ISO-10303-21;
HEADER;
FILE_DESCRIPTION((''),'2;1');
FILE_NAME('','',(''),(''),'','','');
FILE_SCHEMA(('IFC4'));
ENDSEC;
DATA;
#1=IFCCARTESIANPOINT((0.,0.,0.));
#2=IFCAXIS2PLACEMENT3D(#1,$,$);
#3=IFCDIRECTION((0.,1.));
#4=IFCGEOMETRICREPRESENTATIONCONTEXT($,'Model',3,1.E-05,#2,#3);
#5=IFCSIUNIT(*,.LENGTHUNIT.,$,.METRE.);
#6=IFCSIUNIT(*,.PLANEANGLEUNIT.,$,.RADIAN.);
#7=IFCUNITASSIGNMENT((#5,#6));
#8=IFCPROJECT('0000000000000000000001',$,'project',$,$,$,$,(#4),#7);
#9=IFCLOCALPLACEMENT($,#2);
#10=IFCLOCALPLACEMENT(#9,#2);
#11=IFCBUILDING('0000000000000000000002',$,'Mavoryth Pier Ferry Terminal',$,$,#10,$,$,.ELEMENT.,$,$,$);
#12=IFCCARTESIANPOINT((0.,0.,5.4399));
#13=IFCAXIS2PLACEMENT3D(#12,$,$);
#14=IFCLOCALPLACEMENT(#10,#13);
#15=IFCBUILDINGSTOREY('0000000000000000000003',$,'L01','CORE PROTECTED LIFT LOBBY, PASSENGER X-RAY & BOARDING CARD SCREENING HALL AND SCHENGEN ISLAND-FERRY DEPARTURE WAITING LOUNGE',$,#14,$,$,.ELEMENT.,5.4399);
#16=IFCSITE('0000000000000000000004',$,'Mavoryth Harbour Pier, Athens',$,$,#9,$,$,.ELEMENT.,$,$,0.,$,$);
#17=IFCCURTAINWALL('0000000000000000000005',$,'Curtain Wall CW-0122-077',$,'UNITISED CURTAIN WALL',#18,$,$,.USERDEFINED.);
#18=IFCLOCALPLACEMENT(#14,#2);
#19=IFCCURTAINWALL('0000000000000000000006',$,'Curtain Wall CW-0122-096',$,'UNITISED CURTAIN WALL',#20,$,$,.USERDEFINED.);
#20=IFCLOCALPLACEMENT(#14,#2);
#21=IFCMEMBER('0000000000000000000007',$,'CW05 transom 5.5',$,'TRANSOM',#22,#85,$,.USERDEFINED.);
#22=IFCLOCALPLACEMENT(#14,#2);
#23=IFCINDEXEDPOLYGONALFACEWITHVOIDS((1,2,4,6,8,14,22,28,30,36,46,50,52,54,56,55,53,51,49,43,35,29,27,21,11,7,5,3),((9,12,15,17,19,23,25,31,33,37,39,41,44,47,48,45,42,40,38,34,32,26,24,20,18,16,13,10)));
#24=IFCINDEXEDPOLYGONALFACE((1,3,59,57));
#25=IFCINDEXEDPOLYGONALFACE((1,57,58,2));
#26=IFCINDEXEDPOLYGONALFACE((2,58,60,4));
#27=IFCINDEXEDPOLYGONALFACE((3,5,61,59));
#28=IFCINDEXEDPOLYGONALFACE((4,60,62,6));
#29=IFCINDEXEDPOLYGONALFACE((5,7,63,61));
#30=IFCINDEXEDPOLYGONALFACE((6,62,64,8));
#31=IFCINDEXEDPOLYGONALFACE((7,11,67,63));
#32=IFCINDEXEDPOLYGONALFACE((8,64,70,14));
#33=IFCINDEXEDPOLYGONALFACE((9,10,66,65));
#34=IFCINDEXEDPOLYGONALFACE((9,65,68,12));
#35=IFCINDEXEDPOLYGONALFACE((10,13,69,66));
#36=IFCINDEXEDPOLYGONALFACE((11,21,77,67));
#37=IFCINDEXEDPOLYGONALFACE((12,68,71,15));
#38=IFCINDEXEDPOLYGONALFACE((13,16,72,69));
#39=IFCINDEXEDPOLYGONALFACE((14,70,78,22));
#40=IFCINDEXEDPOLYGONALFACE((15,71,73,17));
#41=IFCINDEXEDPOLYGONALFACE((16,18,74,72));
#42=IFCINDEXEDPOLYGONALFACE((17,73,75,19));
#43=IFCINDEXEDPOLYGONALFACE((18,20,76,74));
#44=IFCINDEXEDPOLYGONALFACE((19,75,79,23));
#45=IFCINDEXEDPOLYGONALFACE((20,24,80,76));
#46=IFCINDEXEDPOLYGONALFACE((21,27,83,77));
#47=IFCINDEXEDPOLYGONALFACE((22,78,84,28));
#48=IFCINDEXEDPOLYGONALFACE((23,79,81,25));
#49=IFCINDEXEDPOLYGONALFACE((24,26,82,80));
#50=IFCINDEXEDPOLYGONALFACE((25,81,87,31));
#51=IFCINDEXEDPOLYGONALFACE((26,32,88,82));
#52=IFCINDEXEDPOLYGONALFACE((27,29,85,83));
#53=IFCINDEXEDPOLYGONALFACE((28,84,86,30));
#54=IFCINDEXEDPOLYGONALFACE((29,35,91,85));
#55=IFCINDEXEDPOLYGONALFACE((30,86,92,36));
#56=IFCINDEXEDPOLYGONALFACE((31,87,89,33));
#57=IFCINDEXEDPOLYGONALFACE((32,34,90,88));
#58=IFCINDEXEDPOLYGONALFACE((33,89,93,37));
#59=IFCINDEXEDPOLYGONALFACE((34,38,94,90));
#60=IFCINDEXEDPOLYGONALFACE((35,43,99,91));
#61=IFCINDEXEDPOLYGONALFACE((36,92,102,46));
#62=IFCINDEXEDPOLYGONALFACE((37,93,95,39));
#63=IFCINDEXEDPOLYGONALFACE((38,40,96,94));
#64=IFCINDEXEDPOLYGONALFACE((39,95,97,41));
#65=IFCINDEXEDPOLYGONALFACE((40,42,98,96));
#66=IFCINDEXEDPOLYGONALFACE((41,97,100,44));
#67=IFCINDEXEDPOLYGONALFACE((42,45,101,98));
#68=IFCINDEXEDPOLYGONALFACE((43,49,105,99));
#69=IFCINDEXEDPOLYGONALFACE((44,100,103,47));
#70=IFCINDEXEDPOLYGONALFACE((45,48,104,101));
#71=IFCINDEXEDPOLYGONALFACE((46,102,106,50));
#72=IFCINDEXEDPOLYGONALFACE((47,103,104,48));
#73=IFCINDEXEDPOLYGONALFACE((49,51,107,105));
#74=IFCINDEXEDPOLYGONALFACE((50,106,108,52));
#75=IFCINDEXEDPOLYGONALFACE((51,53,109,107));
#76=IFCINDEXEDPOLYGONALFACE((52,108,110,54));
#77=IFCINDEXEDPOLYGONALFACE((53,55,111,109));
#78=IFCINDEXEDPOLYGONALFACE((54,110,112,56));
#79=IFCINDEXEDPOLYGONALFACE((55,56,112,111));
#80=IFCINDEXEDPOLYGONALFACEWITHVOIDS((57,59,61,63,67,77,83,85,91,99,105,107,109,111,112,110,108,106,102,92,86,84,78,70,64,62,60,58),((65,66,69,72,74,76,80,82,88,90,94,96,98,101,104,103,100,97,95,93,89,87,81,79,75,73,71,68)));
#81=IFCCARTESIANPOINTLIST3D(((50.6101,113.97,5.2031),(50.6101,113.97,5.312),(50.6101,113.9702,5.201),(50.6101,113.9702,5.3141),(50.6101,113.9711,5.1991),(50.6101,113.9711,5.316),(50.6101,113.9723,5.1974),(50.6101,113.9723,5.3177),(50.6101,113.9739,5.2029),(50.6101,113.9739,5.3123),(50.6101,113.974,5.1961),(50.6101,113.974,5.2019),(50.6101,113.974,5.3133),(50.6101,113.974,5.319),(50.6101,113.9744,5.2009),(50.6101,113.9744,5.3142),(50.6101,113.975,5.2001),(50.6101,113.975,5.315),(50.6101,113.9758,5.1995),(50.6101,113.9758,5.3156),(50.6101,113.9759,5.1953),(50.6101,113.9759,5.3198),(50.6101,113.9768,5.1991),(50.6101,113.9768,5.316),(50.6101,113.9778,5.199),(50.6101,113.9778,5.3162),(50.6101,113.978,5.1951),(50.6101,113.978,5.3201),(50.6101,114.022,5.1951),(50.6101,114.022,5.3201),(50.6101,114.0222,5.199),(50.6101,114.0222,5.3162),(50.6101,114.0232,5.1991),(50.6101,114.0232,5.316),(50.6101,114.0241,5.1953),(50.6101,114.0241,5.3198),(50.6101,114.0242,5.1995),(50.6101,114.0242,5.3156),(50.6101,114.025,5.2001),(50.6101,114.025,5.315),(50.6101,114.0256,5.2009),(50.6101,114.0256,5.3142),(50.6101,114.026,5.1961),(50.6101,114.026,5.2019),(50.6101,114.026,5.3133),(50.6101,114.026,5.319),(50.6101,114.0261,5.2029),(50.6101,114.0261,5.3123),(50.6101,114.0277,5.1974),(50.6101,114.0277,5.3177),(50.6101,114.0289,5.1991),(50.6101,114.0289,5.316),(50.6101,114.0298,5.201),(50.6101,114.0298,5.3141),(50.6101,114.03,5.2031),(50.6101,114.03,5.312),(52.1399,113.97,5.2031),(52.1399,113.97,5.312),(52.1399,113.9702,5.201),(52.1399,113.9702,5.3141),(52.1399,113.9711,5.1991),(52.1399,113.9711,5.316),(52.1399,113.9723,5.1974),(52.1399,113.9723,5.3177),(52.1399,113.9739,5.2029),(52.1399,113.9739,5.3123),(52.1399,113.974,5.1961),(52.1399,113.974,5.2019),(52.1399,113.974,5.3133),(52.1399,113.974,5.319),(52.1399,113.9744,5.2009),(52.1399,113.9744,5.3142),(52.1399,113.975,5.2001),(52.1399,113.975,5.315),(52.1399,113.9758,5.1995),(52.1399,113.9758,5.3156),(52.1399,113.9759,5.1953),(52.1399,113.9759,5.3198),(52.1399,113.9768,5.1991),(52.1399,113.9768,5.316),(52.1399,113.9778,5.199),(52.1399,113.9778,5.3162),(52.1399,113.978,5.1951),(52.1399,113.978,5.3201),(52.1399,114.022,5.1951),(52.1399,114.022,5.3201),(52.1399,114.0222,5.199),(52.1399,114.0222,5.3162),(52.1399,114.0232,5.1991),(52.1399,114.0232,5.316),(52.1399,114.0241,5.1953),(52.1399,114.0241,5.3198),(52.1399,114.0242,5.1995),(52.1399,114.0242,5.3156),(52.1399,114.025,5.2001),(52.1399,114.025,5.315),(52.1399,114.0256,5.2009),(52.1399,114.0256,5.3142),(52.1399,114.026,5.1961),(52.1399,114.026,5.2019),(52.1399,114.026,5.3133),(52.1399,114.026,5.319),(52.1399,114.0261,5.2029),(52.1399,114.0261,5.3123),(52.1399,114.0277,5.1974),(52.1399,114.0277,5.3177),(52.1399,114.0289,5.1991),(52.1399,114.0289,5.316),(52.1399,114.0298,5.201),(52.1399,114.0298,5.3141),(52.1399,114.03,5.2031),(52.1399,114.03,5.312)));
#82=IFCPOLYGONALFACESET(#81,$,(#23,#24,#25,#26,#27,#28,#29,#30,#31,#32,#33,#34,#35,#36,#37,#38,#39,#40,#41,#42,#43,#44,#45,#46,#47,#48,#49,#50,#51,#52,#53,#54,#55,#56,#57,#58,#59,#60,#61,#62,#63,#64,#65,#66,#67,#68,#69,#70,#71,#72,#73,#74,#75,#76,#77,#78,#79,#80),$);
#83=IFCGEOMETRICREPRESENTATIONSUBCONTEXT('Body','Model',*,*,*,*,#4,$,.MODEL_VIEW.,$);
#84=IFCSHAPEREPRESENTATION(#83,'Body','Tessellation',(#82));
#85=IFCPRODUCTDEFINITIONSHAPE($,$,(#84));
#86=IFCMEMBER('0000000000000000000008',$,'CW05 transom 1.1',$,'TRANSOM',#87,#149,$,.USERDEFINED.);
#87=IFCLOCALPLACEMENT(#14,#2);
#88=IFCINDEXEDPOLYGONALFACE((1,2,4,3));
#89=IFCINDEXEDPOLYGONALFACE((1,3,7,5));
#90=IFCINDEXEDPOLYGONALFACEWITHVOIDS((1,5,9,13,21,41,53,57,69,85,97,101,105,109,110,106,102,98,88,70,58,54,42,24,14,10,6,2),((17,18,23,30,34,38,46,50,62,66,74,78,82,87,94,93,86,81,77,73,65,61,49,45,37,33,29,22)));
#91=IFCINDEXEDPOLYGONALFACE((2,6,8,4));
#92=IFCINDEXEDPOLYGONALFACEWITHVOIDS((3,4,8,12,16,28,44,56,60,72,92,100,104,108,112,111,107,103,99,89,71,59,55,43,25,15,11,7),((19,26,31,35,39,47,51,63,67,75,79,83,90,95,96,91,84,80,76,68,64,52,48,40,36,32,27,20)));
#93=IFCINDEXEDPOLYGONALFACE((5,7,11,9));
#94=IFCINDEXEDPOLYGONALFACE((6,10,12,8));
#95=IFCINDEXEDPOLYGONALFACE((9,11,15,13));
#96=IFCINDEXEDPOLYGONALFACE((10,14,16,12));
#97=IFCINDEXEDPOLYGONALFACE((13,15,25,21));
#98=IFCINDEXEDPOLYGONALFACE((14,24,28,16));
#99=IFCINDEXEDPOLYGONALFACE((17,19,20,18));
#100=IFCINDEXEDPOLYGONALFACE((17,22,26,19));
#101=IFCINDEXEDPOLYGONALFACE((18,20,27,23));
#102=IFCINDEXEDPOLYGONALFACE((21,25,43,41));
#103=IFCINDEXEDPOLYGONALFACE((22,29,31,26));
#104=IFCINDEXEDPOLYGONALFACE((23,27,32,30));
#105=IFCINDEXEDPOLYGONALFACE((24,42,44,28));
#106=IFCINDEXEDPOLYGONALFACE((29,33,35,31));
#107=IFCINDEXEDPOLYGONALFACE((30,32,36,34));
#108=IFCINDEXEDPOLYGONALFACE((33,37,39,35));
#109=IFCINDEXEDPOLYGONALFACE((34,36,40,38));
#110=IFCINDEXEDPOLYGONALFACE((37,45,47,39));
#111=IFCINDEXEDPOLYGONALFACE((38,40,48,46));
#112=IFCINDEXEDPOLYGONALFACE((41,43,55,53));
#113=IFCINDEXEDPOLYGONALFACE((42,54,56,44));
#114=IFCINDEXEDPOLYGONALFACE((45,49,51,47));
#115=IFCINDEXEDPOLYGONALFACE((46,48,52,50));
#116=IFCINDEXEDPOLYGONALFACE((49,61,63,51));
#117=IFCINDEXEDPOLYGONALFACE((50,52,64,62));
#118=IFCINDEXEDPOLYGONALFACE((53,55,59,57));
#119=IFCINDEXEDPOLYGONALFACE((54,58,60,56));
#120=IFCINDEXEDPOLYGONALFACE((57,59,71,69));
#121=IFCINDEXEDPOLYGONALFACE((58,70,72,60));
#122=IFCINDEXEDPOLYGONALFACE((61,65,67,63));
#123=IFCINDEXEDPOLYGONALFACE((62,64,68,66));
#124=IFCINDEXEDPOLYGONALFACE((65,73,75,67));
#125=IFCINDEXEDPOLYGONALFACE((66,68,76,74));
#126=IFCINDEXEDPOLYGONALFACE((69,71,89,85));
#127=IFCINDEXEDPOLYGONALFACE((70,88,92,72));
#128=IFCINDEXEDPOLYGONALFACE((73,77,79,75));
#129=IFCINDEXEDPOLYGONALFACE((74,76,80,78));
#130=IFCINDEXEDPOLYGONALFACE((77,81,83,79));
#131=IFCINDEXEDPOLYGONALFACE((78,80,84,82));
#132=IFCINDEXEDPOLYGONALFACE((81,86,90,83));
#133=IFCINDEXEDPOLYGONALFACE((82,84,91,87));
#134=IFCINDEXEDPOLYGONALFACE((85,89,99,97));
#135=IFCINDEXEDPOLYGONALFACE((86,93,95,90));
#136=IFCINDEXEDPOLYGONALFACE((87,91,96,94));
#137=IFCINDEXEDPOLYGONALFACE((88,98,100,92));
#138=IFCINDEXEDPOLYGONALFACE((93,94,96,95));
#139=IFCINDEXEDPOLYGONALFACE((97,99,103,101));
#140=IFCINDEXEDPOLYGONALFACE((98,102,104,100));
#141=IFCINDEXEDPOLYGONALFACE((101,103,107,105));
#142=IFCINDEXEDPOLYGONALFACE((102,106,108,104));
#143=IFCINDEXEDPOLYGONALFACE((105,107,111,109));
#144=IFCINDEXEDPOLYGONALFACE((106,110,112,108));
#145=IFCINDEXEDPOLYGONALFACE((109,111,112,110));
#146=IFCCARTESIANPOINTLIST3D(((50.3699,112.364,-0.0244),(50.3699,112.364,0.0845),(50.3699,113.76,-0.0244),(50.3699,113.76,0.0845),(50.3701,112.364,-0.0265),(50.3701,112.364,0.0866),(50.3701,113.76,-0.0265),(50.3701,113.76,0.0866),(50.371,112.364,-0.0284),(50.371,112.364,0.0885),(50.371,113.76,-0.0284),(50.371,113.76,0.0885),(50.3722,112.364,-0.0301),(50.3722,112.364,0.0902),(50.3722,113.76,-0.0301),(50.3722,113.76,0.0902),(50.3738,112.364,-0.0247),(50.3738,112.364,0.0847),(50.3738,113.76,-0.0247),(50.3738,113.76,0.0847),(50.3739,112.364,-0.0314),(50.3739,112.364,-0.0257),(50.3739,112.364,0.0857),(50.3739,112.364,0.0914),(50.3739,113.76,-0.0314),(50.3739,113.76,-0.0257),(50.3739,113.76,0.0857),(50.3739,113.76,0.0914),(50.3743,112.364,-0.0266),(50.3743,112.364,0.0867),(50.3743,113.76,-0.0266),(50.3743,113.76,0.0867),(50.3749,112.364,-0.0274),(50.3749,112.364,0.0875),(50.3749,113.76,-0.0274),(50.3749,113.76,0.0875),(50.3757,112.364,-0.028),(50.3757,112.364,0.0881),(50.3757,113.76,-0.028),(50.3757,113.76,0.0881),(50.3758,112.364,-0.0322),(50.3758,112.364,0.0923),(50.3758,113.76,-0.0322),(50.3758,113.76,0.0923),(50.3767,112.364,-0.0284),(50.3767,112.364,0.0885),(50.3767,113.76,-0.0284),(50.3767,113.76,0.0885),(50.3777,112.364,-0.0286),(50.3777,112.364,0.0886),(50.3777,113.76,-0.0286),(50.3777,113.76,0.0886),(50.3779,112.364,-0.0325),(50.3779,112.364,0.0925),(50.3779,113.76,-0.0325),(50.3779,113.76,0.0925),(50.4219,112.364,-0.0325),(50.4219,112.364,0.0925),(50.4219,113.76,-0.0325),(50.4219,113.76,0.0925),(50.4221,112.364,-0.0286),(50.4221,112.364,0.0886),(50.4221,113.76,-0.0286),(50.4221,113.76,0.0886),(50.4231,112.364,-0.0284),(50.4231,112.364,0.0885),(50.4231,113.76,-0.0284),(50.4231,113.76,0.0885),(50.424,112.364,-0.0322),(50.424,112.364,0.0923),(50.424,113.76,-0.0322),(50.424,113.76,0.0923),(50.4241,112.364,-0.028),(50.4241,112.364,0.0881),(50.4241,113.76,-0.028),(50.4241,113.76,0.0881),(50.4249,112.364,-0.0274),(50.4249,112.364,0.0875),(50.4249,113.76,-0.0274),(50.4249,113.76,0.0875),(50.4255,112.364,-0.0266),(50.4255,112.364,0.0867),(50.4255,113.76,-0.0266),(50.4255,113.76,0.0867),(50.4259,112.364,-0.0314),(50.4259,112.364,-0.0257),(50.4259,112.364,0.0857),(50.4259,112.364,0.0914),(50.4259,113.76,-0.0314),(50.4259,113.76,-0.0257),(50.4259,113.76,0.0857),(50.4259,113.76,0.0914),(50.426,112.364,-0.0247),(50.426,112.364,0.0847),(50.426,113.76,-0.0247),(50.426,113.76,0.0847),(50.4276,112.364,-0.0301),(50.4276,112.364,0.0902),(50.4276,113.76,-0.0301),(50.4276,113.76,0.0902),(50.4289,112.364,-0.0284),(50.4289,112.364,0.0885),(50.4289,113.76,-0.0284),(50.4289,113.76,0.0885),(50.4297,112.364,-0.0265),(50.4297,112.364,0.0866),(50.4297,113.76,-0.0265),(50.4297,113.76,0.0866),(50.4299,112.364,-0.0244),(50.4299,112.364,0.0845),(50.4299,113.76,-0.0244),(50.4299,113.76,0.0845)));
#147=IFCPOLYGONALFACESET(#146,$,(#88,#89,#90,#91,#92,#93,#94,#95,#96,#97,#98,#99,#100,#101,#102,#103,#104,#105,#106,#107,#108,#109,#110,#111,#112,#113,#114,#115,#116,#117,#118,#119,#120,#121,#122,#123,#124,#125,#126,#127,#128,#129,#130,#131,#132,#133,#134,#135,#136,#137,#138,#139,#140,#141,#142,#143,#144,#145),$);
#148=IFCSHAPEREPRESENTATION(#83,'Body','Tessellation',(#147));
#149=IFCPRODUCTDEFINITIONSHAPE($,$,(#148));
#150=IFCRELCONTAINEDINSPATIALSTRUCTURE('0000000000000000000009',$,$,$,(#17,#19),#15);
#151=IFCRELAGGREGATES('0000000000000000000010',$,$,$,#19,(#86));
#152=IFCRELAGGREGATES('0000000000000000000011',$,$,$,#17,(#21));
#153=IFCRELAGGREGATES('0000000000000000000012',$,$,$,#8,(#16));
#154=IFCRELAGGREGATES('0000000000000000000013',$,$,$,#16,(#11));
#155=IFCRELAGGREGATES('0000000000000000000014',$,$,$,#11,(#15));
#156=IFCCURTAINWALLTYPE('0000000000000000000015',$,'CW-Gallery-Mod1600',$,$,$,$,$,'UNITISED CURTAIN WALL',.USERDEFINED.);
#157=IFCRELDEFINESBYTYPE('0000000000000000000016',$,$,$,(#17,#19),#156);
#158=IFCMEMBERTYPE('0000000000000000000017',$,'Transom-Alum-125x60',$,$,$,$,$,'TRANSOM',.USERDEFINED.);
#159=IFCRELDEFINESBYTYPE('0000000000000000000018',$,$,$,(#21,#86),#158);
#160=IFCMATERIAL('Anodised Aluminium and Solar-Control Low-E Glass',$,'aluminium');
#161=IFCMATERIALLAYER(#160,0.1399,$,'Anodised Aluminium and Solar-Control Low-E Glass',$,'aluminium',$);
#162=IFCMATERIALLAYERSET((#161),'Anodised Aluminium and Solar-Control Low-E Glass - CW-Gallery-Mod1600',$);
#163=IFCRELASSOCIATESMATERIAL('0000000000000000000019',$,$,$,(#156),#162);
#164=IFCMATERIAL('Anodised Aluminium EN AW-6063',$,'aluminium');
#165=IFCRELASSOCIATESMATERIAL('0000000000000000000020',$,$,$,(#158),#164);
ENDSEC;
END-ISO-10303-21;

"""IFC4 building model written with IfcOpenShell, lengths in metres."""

from ifc_helpers import new_model, si_unit, direction, frame, origin, origin_2d, place, context, subcontext, project, spatial, hollow_rectangle, extrude, material, layer, layer_set, material_profile, profile_set, type_object, element, aggregate, save


model = new_model("IFC4")

# Units and contexts
model_context = context("Model", 3, precision=1e-05, world=origin(), true_north=direction((0.0, 1.0)))
body_context = subcontext(model_context, "Body", "Model", "MODEL_VIEW")
ifc_project = project(units=[si_unit("LENGTHUNIT", "METRE"), si_unit("PLANEANGLEUNIT", "RADIAN")], contexts=[model_context])

# Site, building, storey
site_placement = place(None, origin())
site = spatial("IfcSite", under=ifc_project, at=site_placement, Name="Mavoryth Harbour Pier, Athens", CompositionType="ELEMENT", RefElevation=0.0)
building_placement = place(site_placement, origin())
building = spatial("IfcBuilding", under=site, at=building_placement, Name="Mavoryth Pier Ferry Terminal", CompositionType="ELEMENT")
storey_placement = place(building_placement, frame((0.0, 0.0, 5.4399)))
storey = spatial("IfcBuildingStorey", under=building, at=storey_placement, Name="L01", Description="CORE PROTECTED LIFT LOBBY, PASSENGER X-RAY & BOARDING CARD SCREENING HALL AND SCHENGEN ISLAND-FERRY DEPARTURE WAITING LOUNGE", CompositionType="ELEMENT", Elevation=5.4399)

# Curtain wall
ifc_material_1 = material(Name="Anodised Aluminium and Solar-Control Low-E Glass", Category="aluminium")
ifc_layer_1 = layer(ifc_material_1, 0.1399, Name="Anodised Aluminium and Solar-Control Low-E Glass", Category="aluminium")
ifc_layer_set_1 = layer_set([ifc_layer_1], Name="Anodised Aluminium and Solar-Control Low-E Glass - CW-Gallery-Mod1600")
curtain_wall_type = type_object("IfcCurtainWallType", Name="CW-Gallery-Mod1600", ElementType="UNITISED CURTAIN WALL", PredefinedType="USERDEFINED", material=ifc_layer_set_1)
curtain_wall_1_placement = place(storey_placement, origin())
curtain_wall_1 = element("IfcCurtainWall", 1, at=curtain_wall_1_placement, inside=storey, type_object=curtain_wall_type, Name="Curtain Wall CW-0122-077", ObjectType="UNITISED CURTAIN WALL", PredefinedType="USERDEFINED")
ifc_material_2 = material(Name="Anodised Aluminium EN AW-6063", Category="aluminium")

# Curtain wall
curtain_wall_2_placement = place(storey_placement, origin())
curtain_wall_2 = element("IfcCurtainWall", 2, at=curtain_wall_2_placement, inside=storey, type_object=curtain_wall_type, Name="Curtain Wall CW-0122-096", ObjectType="UNITISED CURTAIN WALL", PredefinedType="USERDEFINED")

# Members
ifc_material_profile_1 = material_profile(ifc_material_2, hollow_rectangle(XDim=0.0601, YDim=0.125, WallThickness=0.0039, InnerFilletRadius=0.0039, OuterFilletRadius=0.0081, at=origin_2d()), Name="AL-TRAN 125x60x4", Category="aluminium")
ifc_profile_set_1 = profile_set([ifc_material_profile_1], Name="Anodised Aluminium EN AW-6063 - AL-TRAN 125x60x4")
member_type_1 = type_object("IfcMemberType", Name="Transom-Alum-125x60", ElementType="TRANSOM", PredefinedType="USERDEFINED", material=ifc_profile_set_1)
member_1_placement = place(storey_placement, frame((52.1399, 114.0, 5.2576), z_axis=(-1.0, 0.0, 0.0), x_axis=(0.0, -1.0, 0.0)))
member_1 = element("IfcMember", 3, at=member_1_placement, type_object=member_type_1, Name="CW05 transom 5.5", ObjectType="TRANSOM", PredefinedType="USERDEFINED", context=body_context, shape_type="SweptSolid", body=[
    extrude(hollow_rectangle(XDim=0.0601, YDim=0.125, WallThickness=0.0039, InnerFilletRadius=0.0039, OuterFilletRadius=0.0081, at=origin_2d()), origin(), (0.0, 0.0, 1.0), 1.5298),
])
member_2_placement = place(storey_placement, frame((50.3999, 113.76, 0.03), z_axis=(0.0, -1.0, 0.0), x_axis=(1.0, 0.0, 0.0)))
member_2 = element("IfcMember", 4, at=member_2_placement, type_object=member_type_1, Name="CW05 transom 1.1", ObjectType="TRANSOM", PredefinedType="USERDEFINED", context=body_context, shape_type="SweptSolid", body=[
    extrude(hollow_rectangle(XDim=0.0601, YDim=0.125, WallThickness=0.0039, InnerFilletRadius=0.0039, OuterFilletRadius=0.0081, at=origin_2d()), origin(), (0.0, 0.0, 1.0), 1.396),
])
aggregate(curtain_wall_2, [member_2])

aggregate(curtain_wall_1, [member_1])

save(model, "model.ifc")
